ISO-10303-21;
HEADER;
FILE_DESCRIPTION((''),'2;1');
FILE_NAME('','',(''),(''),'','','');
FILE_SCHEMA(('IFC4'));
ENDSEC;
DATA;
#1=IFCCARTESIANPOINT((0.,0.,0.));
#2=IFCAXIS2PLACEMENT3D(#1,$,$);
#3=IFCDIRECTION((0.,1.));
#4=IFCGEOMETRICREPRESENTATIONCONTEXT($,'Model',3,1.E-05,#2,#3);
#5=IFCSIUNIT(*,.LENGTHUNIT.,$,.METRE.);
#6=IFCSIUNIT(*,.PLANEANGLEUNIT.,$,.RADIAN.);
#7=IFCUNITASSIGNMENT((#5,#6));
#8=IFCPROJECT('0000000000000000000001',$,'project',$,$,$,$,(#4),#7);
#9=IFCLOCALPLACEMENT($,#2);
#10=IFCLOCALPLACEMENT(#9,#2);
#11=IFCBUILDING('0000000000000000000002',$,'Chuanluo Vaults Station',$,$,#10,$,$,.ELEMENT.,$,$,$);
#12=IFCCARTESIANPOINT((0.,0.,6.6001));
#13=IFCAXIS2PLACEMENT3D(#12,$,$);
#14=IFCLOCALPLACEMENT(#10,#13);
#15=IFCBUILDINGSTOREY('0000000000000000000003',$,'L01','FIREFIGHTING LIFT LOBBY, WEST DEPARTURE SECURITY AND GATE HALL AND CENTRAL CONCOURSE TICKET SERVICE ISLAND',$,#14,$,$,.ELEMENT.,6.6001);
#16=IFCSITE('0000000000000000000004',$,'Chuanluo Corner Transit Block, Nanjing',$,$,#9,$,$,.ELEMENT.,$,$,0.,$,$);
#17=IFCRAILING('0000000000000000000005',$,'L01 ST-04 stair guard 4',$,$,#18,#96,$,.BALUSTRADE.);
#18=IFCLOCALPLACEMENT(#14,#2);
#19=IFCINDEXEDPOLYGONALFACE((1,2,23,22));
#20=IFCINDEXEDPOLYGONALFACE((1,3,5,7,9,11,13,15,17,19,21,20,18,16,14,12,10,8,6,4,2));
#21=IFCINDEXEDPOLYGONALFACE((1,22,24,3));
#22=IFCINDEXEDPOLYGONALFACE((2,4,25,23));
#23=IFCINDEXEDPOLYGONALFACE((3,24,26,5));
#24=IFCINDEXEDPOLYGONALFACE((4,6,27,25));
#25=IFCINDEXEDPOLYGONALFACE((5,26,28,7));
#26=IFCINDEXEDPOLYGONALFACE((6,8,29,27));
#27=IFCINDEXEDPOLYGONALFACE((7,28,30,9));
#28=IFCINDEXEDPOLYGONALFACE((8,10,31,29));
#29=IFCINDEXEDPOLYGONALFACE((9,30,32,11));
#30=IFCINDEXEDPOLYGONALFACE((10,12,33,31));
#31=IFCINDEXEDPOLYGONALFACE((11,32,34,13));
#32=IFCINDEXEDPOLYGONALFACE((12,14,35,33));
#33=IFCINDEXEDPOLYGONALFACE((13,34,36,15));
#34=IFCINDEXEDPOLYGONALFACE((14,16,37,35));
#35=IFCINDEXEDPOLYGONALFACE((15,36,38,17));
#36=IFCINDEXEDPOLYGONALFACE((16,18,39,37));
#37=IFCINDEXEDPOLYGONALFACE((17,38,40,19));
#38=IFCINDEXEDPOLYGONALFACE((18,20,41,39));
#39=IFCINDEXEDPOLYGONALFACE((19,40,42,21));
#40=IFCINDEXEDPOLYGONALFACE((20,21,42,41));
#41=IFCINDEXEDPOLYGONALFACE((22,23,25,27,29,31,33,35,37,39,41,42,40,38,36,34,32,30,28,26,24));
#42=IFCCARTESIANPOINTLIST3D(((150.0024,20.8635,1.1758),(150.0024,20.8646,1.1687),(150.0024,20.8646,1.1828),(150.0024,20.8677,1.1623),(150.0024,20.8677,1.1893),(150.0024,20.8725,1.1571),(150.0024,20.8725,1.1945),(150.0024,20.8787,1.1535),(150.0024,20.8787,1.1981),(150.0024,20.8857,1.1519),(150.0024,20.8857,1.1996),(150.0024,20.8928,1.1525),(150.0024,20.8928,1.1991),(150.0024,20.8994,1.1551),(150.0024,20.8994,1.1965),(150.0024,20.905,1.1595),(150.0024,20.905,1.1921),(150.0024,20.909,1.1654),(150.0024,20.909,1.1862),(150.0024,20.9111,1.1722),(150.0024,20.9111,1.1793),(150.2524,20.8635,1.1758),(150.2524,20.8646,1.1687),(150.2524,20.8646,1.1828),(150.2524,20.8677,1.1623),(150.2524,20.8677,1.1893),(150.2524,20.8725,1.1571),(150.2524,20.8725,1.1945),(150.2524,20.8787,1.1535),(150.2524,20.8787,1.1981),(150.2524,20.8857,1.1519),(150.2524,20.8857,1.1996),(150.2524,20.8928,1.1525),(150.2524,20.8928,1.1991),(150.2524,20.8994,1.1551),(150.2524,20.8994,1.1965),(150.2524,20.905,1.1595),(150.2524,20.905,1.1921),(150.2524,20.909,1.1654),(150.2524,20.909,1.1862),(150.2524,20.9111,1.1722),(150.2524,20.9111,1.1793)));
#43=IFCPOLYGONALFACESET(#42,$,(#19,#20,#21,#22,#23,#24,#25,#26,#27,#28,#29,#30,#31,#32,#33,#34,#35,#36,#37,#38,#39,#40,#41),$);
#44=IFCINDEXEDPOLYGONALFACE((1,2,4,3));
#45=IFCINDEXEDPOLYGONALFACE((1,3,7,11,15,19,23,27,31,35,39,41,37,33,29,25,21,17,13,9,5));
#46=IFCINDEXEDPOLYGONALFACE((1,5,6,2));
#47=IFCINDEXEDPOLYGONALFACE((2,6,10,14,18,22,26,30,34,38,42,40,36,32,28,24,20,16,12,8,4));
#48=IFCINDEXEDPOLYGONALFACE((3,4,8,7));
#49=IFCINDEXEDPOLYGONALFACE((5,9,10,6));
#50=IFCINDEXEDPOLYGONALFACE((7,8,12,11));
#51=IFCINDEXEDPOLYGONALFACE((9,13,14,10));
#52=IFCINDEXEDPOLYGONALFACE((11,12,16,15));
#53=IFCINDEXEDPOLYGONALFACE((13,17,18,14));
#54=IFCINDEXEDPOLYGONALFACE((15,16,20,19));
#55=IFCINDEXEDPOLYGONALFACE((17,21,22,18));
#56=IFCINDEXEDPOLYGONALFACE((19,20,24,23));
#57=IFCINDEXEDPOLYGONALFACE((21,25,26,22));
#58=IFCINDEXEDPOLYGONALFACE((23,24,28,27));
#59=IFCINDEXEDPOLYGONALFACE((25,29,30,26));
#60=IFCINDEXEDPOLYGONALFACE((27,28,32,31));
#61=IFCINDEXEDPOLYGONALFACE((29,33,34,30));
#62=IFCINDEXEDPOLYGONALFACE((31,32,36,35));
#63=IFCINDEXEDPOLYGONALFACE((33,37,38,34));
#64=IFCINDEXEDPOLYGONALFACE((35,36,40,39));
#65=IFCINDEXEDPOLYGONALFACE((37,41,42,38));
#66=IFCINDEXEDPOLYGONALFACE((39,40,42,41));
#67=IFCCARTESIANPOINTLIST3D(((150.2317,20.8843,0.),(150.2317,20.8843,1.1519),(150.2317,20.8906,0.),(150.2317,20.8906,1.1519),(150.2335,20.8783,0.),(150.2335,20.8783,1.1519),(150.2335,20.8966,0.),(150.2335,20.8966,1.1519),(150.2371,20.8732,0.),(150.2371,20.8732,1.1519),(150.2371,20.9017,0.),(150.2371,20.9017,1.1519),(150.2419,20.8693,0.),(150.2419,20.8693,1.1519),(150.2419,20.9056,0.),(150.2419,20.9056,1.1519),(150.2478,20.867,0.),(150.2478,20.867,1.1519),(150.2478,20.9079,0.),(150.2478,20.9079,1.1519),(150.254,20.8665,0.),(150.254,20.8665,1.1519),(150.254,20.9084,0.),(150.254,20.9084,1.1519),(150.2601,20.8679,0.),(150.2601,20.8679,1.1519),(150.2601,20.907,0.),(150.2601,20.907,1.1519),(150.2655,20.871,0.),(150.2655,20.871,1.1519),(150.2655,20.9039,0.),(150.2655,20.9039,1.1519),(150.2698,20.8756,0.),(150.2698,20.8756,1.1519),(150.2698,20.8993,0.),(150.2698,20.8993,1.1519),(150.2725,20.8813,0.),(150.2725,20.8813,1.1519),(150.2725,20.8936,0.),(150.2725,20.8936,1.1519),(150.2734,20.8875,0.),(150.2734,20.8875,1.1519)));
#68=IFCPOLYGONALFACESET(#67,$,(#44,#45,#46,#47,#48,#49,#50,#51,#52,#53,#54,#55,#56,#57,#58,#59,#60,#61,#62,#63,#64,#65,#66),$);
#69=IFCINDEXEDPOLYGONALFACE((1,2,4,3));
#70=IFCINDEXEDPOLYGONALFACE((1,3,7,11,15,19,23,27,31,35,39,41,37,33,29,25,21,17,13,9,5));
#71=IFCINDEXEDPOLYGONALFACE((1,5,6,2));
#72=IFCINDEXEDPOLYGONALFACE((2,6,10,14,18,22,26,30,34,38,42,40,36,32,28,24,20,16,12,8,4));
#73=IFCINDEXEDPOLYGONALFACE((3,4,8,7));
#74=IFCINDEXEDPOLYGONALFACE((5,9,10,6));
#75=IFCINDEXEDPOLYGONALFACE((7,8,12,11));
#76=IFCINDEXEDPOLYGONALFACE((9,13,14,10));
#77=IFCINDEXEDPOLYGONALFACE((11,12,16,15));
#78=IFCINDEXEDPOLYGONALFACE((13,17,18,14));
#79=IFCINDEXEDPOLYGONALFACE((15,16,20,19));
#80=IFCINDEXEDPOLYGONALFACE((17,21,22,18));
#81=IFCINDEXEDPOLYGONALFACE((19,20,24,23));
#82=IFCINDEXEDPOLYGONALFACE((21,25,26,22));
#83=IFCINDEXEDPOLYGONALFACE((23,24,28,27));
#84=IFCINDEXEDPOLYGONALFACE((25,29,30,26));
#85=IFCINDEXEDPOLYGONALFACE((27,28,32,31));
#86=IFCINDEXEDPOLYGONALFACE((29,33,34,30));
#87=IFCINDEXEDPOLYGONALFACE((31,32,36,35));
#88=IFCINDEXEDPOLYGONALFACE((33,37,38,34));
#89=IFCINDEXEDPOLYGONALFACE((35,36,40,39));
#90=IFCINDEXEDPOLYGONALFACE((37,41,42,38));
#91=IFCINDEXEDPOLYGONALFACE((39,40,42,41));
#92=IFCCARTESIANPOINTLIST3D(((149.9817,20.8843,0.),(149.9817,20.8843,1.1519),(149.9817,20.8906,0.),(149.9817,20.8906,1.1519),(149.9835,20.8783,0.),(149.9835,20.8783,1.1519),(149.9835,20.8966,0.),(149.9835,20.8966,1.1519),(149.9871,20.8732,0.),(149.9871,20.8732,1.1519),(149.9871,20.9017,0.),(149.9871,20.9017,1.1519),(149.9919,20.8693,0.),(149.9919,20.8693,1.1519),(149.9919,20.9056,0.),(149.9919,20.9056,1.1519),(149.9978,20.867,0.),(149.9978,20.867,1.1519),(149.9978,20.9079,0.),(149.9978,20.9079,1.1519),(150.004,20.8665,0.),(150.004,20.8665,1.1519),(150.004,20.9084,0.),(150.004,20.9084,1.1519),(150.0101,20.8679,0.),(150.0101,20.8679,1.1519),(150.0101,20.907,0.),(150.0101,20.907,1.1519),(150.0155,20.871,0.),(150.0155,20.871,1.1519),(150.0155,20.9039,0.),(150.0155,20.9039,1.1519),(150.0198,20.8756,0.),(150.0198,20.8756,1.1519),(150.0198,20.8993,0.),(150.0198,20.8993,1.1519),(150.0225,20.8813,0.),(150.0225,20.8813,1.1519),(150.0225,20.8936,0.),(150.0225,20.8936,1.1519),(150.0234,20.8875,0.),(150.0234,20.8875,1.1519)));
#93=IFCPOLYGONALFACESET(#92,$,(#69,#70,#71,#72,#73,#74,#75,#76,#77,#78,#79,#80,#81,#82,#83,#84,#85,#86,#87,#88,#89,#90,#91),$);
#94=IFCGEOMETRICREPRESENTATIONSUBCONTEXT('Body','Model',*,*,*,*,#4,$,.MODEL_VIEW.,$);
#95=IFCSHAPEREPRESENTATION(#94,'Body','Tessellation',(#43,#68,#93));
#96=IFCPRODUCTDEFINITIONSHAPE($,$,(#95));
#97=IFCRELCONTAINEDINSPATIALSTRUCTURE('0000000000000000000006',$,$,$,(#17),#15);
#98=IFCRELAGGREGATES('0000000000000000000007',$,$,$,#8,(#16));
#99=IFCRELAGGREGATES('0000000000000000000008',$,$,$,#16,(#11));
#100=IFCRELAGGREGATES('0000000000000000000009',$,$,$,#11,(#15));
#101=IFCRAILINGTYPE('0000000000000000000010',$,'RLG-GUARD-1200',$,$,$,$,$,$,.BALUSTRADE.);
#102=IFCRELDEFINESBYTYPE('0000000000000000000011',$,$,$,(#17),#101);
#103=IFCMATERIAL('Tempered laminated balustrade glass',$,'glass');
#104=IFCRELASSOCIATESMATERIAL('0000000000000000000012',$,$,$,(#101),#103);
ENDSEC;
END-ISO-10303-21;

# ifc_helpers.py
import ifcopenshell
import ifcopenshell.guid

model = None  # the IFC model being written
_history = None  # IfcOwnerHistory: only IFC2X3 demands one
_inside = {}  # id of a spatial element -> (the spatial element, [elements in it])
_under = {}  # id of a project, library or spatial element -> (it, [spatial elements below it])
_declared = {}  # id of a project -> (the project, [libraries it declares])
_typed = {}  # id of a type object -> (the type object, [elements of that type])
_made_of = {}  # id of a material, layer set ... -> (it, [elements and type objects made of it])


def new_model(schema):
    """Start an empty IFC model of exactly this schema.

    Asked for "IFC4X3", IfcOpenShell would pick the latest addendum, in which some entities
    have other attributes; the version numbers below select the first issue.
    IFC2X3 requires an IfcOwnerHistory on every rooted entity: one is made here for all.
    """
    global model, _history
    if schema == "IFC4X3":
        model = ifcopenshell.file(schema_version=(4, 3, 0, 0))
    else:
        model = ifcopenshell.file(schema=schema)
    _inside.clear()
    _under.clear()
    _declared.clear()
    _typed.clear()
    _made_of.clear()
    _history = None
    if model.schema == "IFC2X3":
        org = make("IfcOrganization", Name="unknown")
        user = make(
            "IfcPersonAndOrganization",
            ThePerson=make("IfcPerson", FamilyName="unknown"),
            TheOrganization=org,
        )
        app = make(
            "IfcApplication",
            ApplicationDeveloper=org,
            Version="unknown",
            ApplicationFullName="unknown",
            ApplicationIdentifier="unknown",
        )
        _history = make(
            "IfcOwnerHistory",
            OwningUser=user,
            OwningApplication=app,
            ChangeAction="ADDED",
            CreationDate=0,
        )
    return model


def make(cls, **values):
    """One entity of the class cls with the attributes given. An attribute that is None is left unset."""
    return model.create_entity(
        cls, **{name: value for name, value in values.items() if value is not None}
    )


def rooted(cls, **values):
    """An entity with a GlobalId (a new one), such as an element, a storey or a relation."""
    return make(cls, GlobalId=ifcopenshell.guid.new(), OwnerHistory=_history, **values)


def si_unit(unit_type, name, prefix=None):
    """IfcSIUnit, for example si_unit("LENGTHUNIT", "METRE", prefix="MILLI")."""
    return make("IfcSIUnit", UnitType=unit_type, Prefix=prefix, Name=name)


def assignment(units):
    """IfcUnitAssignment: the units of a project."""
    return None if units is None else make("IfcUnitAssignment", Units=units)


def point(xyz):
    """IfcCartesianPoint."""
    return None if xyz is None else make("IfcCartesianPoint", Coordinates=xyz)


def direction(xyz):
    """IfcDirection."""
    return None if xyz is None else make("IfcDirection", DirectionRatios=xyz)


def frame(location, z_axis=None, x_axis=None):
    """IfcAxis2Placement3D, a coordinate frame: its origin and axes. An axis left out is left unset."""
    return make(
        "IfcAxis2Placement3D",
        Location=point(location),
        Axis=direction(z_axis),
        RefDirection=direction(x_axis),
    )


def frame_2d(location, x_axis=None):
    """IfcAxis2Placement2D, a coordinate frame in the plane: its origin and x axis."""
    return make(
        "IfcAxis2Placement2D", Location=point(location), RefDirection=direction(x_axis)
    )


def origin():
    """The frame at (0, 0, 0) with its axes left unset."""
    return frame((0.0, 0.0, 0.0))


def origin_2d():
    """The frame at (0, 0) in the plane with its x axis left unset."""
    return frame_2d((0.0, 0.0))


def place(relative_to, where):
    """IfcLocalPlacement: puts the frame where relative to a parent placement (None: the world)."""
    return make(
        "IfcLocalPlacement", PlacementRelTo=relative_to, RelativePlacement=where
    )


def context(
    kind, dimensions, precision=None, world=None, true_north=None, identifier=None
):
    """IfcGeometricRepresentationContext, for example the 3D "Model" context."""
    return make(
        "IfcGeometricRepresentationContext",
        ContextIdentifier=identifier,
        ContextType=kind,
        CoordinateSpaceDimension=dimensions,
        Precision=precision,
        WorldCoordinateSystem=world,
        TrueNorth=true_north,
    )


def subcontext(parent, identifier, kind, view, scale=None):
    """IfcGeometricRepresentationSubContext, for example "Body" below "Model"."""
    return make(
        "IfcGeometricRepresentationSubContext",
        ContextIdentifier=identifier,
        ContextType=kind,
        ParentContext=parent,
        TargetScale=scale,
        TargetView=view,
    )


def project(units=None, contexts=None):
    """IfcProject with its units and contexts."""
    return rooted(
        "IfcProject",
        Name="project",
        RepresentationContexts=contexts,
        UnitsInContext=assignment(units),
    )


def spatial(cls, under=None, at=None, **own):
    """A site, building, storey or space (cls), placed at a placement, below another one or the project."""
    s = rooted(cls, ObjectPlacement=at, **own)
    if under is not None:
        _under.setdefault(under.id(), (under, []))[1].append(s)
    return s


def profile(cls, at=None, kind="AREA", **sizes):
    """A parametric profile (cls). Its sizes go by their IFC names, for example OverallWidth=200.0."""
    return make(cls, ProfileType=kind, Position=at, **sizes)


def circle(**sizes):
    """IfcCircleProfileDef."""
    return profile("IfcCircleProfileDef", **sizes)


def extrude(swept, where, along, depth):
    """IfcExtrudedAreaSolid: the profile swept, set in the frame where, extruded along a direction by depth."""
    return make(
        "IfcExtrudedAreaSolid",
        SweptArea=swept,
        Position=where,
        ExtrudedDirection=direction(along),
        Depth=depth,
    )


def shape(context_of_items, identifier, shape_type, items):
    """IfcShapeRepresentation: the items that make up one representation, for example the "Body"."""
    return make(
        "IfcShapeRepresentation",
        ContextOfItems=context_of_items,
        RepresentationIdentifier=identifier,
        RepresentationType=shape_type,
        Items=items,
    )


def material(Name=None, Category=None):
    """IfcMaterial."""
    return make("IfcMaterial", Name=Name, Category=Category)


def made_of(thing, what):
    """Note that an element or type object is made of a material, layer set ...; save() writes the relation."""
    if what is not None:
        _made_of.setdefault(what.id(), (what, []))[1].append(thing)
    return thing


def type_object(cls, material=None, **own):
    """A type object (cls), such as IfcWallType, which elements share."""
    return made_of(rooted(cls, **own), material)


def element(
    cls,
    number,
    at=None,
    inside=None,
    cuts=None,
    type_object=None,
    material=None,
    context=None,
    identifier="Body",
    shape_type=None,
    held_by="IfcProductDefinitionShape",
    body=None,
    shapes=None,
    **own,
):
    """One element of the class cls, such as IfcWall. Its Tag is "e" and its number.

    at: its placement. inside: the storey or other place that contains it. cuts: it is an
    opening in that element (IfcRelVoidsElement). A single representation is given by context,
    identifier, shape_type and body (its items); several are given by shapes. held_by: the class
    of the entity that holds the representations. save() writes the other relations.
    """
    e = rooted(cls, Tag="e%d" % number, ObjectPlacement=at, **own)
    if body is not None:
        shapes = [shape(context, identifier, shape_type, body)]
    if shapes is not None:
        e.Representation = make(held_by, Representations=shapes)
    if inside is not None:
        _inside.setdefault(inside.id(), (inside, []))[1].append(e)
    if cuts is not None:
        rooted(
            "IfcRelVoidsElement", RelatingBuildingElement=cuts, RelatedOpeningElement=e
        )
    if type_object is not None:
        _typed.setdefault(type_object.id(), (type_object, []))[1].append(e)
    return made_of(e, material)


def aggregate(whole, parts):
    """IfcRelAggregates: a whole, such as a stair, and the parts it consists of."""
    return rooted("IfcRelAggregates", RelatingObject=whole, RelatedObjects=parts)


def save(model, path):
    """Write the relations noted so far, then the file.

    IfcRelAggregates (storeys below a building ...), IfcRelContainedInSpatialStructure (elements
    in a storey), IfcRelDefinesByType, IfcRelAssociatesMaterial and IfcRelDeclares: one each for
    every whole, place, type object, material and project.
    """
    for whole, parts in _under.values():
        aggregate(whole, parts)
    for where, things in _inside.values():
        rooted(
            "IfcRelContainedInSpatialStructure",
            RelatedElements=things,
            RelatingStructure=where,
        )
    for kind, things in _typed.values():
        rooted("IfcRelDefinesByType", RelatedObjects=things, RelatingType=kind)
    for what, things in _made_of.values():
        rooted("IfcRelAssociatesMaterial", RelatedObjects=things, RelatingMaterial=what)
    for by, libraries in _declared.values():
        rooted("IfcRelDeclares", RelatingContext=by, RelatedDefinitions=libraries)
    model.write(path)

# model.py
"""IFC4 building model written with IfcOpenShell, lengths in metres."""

from ifc_helpers import new_model, si_unit, direction, frame, origin, origin_2d, place, context, subcontext, project, spatial, circle, extrude, material, type_object, element, save


model = new_model("IFC4")

# Units and contexts
model_context = context("Model", 3, precision=1e-05, world=origin(), true_north=direction((0.0, 1.0)))
body_context = subcontext(model_context, "Body", "Model", "MODEL_VIEW")
ifc_project = project(units=[si_unit("LENGTHUNIT", "METRE"), si_unit("PLANEANGLEUNIT", "RADIAN")], contexts=[model_context])

# Site, building, storey
site_placement = place(None, origin())
site = spatial("IfcSite", under=ifc_project, at=site_placement, Name="Chuanluo Corner Transit Block, Nanjing", CompositionType="ELEMENT", RefElevation=0.0)
building_placement = place(site_placement, origin())
building = spatial("IfcBuilding", under=site, at=building_placement, Name="Chuanluo Vaults Station", CompositionType="ELEMENT")
storey_placement = place(building_placement, frame((0.0, 0.0, 6.6001)))
storey = spatial("IfcBuildingStorey", under=building, at=storey_placement, Name="L01", Description="FIREFIGHTING LIFT LOBBY, WEST DEPARTURE SECURITY AND GATE HALL AND CENTRAL CONCOURSE TICKET SERVICE ISLAND", CompositionType="ELEMENT", Elevation=6.6001)

# Railing
ifc_material_1 = material(Name="Tempered laminated balustrade glass", Category="glass")
railing_type_1 = type_object("IfcRailingType", Name="RLG-GUARD-1200", PredefinedType="BALUSTRADE", material=ifc_material_1)
railing_1_placement = place(storey_placement, frame((150.2524, 20.8875, 0.0)))
element("IfcRailing", 1, at=railing_1_placement, inside=storey, type_object=railing_type_1, Name="L01 ST-04 stair guard 4", PredefinedType="BALUSTRADE", context=body_context, shape_type="SweptSolid", body=[
    extrude(circle(Radius=0.0239, at=origin_2d()), frame((0.0, 0.0, 1.1758), z_axis=(-1.0, 0.0, 0.0), x_axis=(0.0, -1.0, 0.0)), (0.0, 0.0, 1.0), 0.25),
    extrude(circle(Radius=0.021, at=origin_2d()), origin(), (0.0, 0.0, 1.0), 1.1519),
    extrude(circle(Radius=0.021, at=origin_2d()), frame((-0.25, 0.0, 0.0)), (0.0, 0.0, 1.0), 1.1519),
])

save(model, "model.ifc")
